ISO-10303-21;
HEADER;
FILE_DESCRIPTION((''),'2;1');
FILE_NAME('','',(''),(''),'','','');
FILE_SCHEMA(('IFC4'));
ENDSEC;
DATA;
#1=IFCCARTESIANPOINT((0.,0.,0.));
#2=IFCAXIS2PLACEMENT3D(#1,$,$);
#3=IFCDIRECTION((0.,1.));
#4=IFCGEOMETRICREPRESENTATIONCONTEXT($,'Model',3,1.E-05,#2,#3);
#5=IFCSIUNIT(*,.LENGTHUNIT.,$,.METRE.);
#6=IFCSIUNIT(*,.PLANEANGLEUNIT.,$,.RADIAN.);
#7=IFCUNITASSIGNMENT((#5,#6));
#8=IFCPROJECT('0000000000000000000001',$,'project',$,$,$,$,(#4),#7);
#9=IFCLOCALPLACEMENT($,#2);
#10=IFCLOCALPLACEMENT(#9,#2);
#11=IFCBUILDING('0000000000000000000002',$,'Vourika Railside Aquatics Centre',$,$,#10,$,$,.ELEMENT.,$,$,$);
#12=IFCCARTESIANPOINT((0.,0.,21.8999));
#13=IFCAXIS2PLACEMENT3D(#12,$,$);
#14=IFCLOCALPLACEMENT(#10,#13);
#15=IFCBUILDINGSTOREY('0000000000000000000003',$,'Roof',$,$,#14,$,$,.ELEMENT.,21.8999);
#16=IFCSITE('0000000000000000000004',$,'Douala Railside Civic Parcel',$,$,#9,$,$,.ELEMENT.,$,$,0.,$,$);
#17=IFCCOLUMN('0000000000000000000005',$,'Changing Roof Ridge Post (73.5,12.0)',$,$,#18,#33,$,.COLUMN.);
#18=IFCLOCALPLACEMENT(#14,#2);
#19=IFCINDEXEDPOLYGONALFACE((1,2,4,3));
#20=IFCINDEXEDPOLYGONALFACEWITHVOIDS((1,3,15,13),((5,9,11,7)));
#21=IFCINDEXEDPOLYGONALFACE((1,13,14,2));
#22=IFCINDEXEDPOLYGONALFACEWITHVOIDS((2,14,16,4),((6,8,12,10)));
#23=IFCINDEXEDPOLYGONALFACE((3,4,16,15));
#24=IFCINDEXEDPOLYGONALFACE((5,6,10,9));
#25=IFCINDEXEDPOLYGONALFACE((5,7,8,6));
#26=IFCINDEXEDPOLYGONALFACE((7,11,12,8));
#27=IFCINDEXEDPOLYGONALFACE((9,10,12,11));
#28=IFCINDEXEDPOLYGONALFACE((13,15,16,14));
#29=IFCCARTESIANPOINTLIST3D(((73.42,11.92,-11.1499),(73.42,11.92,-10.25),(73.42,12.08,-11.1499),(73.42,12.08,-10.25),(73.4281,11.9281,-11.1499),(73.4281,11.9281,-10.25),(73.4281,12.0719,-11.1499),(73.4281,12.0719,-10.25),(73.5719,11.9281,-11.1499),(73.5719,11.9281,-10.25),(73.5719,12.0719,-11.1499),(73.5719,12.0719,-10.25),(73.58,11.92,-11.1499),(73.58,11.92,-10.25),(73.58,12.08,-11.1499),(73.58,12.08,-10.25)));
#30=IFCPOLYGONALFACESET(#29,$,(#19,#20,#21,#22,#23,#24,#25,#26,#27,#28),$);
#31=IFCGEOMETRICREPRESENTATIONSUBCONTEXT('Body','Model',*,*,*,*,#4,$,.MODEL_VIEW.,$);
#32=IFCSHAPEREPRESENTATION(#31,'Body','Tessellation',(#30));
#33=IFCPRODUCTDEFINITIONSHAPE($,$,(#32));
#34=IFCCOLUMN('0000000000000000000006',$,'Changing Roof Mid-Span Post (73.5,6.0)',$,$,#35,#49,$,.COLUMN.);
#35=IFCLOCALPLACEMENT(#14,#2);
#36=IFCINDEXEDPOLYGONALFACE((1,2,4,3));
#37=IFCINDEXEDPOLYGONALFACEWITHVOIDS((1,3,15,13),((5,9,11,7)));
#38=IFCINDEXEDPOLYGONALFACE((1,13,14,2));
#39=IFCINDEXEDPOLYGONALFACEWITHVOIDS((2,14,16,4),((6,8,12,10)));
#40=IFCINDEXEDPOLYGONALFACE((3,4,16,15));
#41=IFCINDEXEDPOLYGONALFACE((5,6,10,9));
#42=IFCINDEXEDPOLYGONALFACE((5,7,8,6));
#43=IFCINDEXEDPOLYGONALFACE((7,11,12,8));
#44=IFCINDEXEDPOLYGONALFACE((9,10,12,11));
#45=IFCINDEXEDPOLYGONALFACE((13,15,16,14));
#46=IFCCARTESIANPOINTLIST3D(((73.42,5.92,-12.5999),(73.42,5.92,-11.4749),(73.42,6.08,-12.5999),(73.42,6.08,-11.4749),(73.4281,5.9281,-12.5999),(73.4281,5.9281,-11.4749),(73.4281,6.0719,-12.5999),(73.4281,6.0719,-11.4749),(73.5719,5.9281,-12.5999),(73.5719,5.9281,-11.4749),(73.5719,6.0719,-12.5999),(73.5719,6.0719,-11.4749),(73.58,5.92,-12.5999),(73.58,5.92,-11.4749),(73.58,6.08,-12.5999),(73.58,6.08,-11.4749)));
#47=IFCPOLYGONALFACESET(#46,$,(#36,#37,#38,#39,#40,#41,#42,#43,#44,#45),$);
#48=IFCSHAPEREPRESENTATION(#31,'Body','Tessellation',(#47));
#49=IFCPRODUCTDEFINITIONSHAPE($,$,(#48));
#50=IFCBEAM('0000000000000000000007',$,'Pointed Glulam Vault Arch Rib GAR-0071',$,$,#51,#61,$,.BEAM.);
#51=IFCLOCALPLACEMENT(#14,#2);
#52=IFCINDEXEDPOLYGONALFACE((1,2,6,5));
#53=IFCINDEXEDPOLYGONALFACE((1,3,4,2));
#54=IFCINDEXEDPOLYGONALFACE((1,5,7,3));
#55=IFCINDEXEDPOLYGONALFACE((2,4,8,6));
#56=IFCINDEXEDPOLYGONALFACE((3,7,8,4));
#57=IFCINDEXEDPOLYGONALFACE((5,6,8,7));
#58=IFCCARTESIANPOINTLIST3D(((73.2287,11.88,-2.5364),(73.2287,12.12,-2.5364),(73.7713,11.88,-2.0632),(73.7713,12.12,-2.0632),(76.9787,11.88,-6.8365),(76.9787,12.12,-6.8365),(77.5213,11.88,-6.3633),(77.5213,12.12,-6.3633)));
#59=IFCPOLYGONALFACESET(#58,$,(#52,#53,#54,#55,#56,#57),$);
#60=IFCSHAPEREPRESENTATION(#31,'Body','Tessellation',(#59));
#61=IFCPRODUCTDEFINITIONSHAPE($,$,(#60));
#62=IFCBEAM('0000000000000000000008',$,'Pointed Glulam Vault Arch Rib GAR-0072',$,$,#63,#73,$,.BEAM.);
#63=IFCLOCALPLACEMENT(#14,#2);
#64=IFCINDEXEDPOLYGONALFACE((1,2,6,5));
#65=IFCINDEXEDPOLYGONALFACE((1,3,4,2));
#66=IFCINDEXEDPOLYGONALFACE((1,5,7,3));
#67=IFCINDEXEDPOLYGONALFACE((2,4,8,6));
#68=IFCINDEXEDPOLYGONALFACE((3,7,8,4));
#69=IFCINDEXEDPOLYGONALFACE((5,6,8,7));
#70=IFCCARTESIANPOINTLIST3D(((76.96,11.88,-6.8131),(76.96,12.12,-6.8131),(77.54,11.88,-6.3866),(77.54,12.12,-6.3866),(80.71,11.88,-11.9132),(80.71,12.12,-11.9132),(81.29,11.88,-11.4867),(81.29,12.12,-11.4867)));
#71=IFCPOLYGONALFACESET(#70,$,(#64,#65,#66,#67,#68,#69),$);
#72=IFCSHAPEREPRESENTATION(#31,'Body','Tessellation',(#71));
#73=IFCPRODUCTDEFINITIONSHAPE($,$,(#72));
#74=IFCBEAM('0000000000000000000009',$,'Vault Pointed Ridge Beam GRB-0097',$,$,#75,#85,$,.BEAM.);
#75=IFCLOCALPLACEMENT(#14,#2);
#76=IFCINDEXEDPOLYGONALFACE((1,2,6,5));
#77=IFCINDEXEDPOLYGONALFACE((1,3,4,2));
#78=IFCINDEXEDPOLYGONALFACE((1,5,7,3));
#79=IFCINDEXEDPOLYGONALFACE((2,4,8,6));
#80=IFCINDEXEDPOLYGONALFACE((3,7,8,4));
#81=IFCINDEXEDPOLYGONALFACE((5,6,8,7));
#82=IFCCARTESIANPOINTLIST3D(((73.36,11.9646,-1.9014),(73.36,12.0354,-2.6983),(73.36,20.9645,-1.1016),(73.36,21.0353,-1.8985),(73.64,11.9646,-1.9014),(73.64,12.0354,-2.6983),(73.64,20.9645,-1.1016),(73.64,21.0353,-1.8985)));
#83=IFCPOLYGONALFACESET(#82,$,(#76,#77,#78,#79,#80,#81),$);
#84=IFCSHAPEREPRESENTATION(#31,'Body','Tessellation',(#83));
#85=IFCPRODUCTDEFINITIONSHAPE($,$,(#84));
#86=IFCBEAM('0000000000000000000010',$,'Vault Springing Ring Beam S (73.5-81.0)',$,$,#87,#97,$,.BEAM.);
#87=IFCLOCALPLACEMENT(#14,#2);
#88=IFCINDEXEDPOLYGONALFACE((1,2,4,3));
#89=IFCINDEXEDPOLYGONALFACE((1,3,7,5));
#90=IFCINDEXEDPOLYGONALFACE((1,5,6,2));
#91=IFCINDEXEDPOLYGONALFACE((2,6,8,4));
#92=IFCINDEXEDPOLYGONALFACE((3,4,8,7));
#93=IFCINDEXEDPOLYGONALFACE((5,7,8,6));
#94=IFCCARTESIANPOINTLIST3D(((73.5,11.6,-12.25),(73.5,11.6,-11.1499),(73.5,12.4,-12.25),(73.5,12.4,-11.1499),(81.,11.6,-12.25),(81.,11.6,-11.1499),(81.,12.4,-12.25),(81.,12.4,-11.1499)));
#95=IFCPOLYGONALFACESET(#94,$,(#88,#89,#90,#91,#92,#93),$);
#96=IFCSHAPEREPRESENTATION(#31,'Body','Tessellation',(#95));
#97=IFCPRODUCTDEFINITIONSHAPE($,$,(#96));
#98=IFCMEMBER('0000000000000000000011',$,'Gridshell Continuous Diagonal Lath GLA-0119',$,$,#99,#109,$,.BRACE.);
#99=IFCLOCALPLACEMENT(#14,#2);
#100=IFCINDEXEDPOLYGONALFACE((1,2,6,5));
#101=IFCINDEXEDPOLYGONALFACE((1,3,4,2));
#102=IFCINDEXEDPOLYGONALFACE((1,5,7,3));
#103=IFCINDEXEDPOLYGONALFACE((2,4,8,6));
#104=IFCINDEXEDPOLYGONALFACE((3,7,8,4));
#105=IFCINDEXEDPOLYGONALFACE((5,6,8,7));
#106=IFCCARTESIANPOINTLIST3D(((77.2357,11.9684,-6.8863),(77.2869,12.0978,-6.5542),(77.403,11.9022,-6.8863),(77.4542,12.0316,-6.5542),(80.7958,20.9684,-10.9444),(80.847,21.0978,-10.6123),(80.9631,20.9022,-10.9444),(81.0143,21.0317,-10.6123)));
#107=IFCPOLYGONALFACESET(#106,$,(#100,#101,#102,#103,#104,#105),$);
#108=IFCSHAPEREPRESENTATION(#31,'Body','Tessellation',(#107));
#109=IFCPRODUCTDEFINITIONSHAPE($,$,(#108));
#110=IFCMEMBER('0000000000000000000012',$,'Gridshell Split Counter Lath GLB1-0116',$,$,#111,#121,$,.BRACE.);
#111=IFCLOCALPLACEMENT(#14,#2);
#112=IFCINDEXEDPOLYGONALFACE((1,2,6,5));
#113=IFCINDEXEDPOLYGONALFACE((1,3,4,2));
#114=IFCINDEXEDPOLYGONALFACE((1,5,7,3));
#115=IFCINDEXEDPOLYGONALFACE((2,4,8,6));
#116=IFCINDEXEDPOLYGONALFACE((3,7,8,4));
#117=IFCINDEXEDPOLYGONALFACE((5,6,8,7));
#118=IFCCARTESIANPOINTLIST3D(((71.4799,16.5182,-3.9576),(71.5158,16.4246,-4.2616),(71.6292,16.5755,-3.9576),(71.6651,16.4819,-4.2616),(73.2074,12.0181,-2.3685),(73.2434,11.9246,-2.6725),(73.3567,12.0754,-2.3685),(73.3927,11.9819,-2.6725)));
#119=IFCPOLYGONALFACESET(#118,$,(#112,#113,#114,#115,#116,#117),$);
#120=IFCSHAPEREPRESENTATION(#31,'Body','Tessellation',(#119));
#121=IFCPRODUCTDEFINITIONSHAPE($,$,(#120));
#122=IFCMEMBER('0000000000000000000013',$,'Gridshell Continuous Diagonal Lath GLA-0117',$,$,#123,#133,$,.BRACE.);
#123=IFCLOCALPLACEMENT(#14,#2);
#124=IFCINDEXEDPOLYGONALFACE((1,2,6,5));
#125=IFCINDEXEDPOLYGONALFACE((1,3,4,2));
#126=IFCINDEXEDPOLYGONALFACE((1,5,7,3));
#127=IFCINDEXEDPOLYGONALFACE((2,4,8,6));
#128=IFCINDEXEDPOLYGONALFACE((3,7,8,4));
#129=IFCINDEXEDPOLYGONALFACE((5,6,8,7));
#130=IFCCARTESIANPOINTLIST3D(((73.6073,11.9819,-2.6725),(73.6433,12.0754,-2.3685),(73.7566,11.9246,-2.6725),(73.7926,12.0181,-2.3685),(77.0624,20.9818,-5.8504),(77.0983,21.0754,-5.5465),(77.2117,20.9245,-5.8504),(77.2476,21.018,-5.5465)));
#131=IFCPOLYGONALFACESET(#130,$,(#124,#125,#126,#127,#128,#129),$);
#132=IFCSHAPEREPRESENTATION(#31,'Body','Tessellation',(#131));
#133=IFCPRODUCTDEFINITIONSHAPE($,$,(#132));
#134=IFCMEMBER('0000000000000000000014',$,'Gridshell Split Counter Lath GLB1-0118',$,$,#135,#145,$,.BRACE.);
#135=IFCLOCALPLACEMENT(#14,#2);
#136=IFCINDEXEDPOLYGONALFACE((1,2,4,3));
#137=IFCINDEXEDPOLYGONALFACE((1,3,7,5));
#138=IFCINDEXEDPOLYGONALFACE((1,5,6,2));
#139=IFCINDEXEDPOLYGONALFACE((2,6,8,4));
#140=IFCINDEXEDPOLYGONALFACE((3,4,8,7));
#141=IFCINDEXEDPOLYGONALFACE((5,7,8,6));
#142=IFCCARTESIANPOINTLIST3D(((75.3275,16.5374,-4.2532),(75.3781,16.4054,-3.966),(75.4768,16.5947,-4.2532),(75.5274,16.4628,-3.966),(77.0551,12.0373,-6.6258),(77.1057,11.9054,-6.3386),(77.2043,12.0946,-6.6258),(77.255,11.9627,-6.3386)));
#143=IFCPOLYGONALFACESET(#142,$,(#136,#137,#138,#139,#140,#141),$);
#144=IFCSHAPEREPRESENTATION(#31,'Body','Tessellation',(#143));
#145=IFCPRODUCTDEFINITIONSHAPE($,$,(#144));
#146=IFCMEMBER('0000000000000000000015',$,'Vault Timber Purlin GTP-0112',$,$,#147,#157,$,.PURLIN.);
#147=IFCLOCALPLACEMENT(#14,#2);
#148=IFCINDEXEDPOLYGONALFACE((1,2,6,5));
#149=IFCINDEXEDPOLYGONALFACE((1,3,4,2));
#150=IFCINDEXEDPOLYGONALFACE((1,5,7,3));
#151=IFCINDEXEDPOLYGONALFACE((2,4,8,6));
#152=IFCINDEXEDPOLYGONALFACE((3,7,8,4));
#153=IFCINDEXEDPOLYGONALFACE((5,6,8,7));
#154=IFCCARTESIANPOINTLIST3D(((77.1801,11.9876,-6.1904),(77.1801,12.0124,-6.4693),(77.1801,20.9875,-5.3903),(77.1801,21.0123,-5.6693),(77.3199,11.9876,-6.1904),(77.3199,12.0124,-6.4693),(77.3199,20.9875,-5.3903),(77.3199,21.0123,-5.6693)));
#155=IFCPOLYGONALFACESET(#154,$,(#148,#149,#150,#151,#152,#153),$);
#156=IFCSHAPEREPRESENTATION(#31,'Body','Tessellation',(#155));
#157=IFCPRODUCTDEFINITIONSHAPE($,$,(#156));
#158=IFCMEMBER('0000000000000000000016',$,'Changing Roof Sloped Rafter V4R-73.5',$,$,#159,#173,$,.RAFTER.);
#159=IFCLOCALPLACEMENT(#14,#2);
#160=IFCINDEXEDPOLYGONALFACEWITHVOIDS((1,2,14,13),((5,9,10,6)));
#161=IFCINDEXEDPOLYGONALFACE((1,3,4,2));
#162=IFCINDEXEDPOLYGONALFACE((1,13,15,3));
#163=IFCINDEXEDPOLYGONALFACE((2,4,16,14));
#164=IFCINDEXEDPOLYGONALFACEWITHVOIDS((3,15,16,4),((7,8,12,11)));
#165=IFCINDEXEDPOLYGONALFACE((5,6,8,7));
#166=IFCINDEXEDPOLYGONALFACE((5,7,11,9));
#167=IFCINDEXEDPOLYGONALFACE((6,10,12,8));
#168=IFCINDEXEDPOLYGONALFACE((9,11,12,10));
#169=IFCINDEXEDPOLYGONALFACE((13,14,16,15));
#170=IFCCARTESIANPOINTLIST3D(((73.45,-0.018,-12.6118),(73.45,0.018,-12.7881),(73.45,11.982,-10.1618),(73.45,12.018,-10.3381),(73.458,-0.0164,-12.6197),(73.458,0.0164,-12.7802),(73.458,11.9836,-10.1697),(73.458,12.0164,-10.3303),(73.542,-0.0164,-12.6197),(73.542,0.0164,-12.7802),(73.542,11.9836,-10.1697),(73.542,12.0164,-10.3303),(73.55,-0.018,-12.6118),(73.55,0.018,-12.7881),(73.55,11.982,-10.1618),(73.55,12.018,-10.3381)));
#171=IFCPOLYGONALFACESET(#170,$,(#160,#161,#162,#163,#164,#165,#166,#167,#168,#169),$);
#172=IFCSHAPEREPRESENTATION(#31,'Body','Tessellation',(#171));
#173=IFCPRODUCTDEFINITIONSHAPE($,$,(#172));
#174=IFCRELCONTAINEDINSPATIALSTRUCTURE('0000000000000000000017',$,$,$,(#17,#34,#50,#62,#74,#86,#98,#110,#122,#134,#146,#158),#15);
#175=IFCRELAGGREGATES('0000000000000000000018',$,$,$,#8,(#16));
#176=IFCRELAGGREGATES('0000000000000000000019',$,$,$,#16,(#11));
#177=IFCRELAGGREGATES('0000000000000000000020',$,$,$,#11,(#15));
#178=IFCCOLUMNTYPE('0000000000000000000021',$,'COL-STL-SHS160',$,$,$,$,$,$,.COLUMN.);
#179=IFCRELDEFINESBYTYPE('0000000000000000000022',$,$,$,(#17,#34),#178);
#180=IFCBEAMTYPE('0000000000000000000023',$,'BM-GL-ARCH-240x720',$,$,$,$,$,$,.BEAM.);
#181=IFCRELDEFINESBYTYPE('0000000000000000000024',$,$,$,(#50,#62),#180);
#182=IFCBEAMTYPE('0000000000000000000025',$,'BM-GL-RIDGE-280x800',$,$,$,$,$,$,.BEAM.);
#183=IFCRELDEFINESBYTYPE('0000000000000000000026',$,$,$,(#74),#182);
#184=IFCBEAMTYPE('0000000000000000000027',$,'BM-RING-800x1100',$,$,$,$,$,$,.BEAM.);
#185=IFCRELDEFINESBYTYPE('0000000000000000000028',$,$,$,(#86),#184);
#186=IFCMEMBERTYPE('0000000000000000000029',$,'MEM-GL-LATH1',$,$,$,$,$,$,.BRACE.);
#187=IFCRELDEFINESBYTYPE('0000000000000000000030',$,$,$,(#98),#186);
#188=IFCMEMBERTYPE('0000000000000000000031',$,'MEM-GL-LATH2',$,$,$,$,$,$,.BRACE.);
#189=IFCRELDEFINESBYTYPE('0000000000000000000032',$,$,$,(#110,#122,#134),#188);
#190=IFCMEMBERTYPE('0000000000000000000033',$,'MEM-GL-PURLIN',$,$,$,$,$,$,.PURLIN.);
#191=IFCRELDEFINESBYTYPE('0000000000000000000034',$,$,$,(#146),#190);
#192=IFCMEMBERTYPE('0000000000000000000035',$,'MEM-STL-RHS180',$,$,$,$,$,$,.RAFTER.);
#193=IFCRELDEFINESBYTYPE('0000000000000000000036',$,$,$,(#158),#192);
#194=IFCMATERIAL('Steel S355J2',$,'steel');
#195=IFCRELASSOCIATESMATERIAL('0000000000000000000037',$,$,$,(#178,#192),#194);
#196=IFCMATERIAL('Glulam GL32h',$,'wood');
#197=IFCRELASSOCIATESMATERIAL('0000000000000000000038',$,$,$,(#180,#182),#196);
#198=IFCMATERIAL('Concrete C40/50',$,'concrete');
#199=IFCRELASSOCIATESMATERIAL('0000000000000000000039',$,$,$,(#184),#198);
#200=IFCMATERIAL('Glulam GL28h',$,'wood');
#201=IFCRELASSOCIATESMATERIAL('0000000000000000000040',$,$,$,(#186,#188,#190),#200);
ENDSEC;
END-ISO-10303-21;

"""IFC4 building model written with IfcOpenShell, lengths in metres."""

from ifc_helpers import new_model, si_unit, direction, frame, origin, origin_2d, place, context, subcontext, project, spatial, rectangle, hollow_rectangle, extrude, material, material_profile, profile_set, type_object, element, save


model = new_model("IFC4")

# Units and contexts
model_context = context("Model", 3, precision=1e-05, world=origin(), true_north=direction((0.0, 1.0)))
body_context = subcontext(model_context, "Body", "Model", "MODEL_VIEW")
ifc_project = project(units=[si_unit("LENGTHUNIT", "METRE"), si_unit("PLANEANGLEUNIT", "RADIAN")], contexts=[model_context])

# Site, building, storey
site_placement = place(None, origin())
site = spatial("IfcSite", under=ifc_project, at=site_placement, Name="Douala Railside Civic Parcel", CompositionType="ELEMENT", RefElevation=0.0)
building_placement = place(site_placement, origin())
building = spatial("IfcBuilding", under=site, at=building_placement, Name="Vourika Railside Aquatics Centre", CompositionType="ELEMENT")
storey_placement = place(building_placement, frame((0.0, 0.0, 21.8999)))
storey = spatial("IfcBuildingStorey", under=building, at=storey_placement, Name="Roof", CompositionType="ELEMENT", Elevation=21.8999)

# Columns
ifc_material_1 = material(Name="Steel S355J2", Category="steel")
ifc_material_profile_1 = material_profile(ifc_material_1, hollow_rectangle(XDim=0.1599, YDim=0.1599, WallThickness=0.0081, at=origin_2d()), Name="SHS 160x160x8")
ifc_profile_set_1 = profile_set([ifc_material_profile_1], Name="Steel S355J2")
column_type = type_object("IfcColumnType", Name="COL-STL-SHS160", PredefinedType="COLUMN", material=ifc_profile_set_1)
column_1_placement = place(storey_placement, frame((73.5, 12.0, -11.1499), z_axis=(0.0, 0.0, 1.0), x_axis=(1.0, 0.0, 0.0)))
element("IfcColumn", 1, at=column_1_placement, inside=storey, type_object=column_type, Name="Changing Roof Ridge Post (73.5,12.0)", PredefinedType="COLUMN", context=body_context, shape_type="SweptSolid", body=[
    extrude(hollow_rectangle(XDim=0.1599, YDim=0.1599, WallThickness=0.0081, at=origin_2d()), origin(), (0.0, 0.0, 1.0), 0.8999),
])
column_2_placement = place(storey_placement, frame((73.5, 6.0, -12.5999), z_axis=(0.0, 0.0, 1.0), x_axis=(1.0, 0.0, 0.0)))
element("IfcColumn", 2, at=column_2_placement, inside=storey, type_object=column_type, Name="Changing Roof Mid-Span Post (73.5,6.0)", PredefinedType="COLUMN", context=body_context, shape_type="SweptSolid", body=[
    extrude(hollow_rectangle(XDim=0.1599, YDim=0.1599, WallThickness=0.0081, at=origin_2d()), origin(), (0.0, 0.0, 1.0), 1.125),
])

# Beams
ifc_material_2 = material(Name="Glulam GL32h", Category="wood")
ifc_material_profile_2 = material_profile(ifc_material_2, rectangle(XDim=0.24, YDim=0.72, at=origin_2d()), Name="GL32h 240x720")
ifc_profile_set_2 = profile_set([ifc_material_profile_2], Name="Glulam GL32h")
beam_type_1 = type_object("IfcBeamType", Name="BM-GL-ARCH-240x720", PredefinedType="BEAM", material=ifc_profile_set_2)
beam_1_placement = place(storey_placement, frame((73.5, 12.0, -2.2998), z_axis=(0.657259, 0.0, -0.753665), x_axis=(0.0, 1.0, 0.0)))
element("IfcBeam", 3, at=beam_1_placement, inside=storey, type_object=beam_type_1, Name="Pointed Glulam Vault Arch Rib GAR-0071", PredefinedType="BEAM", context=body_context, shape_type="SweptSolid", body=[
    extrude(rectangle(XDim=0.24, YDim=0.72, at=origin_2d()), origin(), (0.0, 0.0, 1.0), 5.7056),
])
beam_2_placement = place(storey_placement, frame((77.25, 12.0, -6.5999), z_axis=(0.592383, 0.0, -0.805656), x_axis=(0.0, 1.0, 0.0)))
element("IfcBeam", 4, at=beam_2_placement, inside=storey, type_object=beam_type_1, Name="Pointed Glulam Vault Arch Rib GAR-0072", PredefinedType="BEAM", context=body_context, shape_type="SweptSolid", body=[
    extrude(rectangle(XDim=0.24, YDim=0.72, at=origin_2d()), origin(), (0.0, 0.0, 1.0), 6.3303),
])
ifc_material_profile_3 = material_profile(ifc_material_2, rectangle(XDim=0.28, YDim=0.8, at=origin_2d()), Name="GL32h 280x800")
ifc_profile_set_3 = profile_set([ifc_material_profile_3], Name="Glulam GL32h")
beam_type_2 = type_object("IfcBeamType", Name="BM-GL-RIDGE-280x800", PredefinedType="BEAM", material=ifc_profile_set_3)
beam_3_placement = place(storey_placement, frame((73.5, 12.0, -2.2998), z_axis=(0.0, 0.996075, 0.088518), x_axis=(-1.0, 0.0, 0.0)))
element("IfcBeam", 5, at=beam_3_placement, inside=storey, type_object=beam_type_2, Name="Vault Pointed Ridge Beam GRB-0097", PredefinedType="BEAM", context=body_context, shape_type="SweptSolid", body=[
    extrude(rectangle(XDim=0.28, YDim=0.8, at=origin_2d()), origin(), (0.0, 0.0, 1.0), 9.0354),
])
ifc_material_3 = material(Name="Concrete C40/50", Category="concrete")
ifc_material_profile_4 = material_profile(ifc_material_3, rectangle(XDim=0.8, YDim=1.1001, at=origin_2d()), Name="RC 800x1100")
ifc_profile_set_4 = profile_set([ifc_material_profile_4], Name="Concrete C40/50")
beam_type_3 = type_object("IfcBeamType", Name="BM-RING-800x1100", PredefinedType="BEAM", material=ifc_profile_set_4)
beam_4_placement = place(storey_placement, frame((73.5, 12.0, -11.7), z_axis=(1.0, 0.0, 0.0), x_axis=(0.0, 1.0, 0.0)))
element("IfcBeam", 6, at=beam_4_placement, inside=storey, type_object=beam_type_3, Name="Vault Springing Ring Beam S (73.5-81.0)", PredefinedType="BEAM", context=body_context, shape_type="SweptSolid", body=[
    extrude(rectangle(XDim=0.8, YDim=1.1001, at=origin_2d()), origin(), (0.0, 0.0, 1.0), 7.5),
])

# Members
ifc_material_4 = material(Name="Glulam GL28h", Category="wood")
ifc_material_profile_5 = material_profile(ifc_material_4, rectangle(XDim=0.1799, YDim=0.3601, at=origin_2d()), Name="GL28h 180x360")
ifc_profile_set_5 = profile_set([ifc_material_profile_5], Name="Glulam GL28h")
member_type_1 = type_object("IfcMemberType", Name="MEM-GL-LATH1", PredefinedType="BRACE", material=ifc_profile_set_5)
member_1_placement = place(storey_placement, frame((77.345, 12.0, -6.7202), z_axis=(0.339219, 0.857562, -0.386675), x_axis=(-0.929893, 0.36783, 0.0)))
element("IfcMember", 7, at=member_1_placement, inside=storey, type_object=member_type_1, Name="Gridshell Continuous Diagonal Lath GLA-0119", PredefinedType="BRACE", context=body_context, shape_type="SweptSolid", body=[
    extrude(rectangle(XDim=0.1799, YDim=0.3601, at=origin_2d()), origin(), (0.0, 0.0, 1.0), 10.4949),
])
ifc_material_profile_6 = material_profile(ifc_material_4, rectangle(XDim=0.1599, YDim=0.3201, at=origin_2d()), Name="GL28h 160x320")
ifc_profile_set_6 = profile_set([ifc_material_profile_6], Name="Glulam GL28h")
member_type_2 = type_object("IfcMemberType", Name="MEM-GL-LATH2", PredefinedType="BRACE", material=ifc_profile_set_6)
member_2_placement = place(storey_placement, frame((73.3, 12.0, -2.5205), z_axis=(-0.340375, 0.88663, -0.313101), x_axis=(-0.93357, -0.358395, 0.0)))
element("IfcMember", 8, at=member_2_placement, inside=storey, type_object=member_type_2, Name="Gridshell Split Counter Lath GLB1-0116", PredefinedType="BRACE", context=body_context, shape_type="SweptSolid", body=[
    extrude(rectangle(XDim=0.1599, YDim=0.3201, at=origin_2d()), origin(), (0.0, 0.0, 1.0), 5.0754),
])
member_3_placement = place(storey_placement, frame((73.7, 12.0, -2.5205), z_axis=(0.340378, 0.886637, -0.313079), x_axis=(-0.93357, 0.358395, 0.0)))
element("IfcMember", 9, at=member_3_placement, inside=storey, type_object=member_type_2, Name="Gridshell Continuous Diagonal Lath GLA-0117", PredefinedType="BRACE", context=body_context, shape_type="SweptSolid", body=[
    extrude(rectangle(XDim=0.1599, YDim=0.3201, at=origin_2d()), origin(), (0.0, 0.0, 1.0), 10.1506),
])
member_4_placement = place(storey_placement, frame((77.155, 12.0, -6.4822), z_axis=(-0.321554, 0.837604, 0.441614), x_axis=(-0.93357, -0.358395, 0.0)))
element("IfcMember", 10, at=member_4_placement, inside=storey, type_object=member_type_2, Name="Gridshell Split Counter Lath GLB1-0118", PredefinedType="BRACE", context=body_context, shape_type="SweptSolid", body=[
    extrude(rectangle(XDim=0.1599, YDim=0.3201, at=origin_2d()), origin(), (0.0, 0.0, 1.0), 5.3726),
])
ifc_material_profile_7 = material_profile(ifc_material_4, rectangle(XDim=0.1399, YDim=0.28, at=origin_2d()), Name="GL28h 140x280")
ifc_profile_set_7 = profile_set([ifc_material_profile_7], Name="Glulam GL28h")
member_type_3 = type_object("IfcMemberType", Name="MEM-GL-PURLIN", PredefinedType="PURLIN", material=ifc_profile_set_7)
member_5_placement = place(storey_placement, frame((77.25, 12.0, -6.3298), z_axis=(0.0, 0.996072, 0.088545), x_axis=(-1.0, 0.0, 0.0)))
element("IfcMember", 11, at=member_5_placement, inside=storey, type_object=member_type_3, Name="Vault Timber Purlin GTP-0112", PredefinedType="PURLIN", context=body_context, shape_type="SweptSolid", body=[
    extrude(rectangle(XDim=0.1399, YDim=0.28, at=origin_2d()), origin(), (0.0, 0.0, 1.0), 9.0354),
])
ifc_material_profile_8 = material_profile(ifc_material_1, hollow_rectangle(XDim=0.1001, YDim=0.1799, WallThickness=0.0081, at=origin_2d()), Name="RHS 180x100x8")
ifc_profile_set_8 = profile_set([ifc_material_profile_8], Name="Steel S355J2")
member_type_4 = type_object("IfcMemberType", Name="MEM-STL-RHS180", PredefinedType="RAFTER", material=ifc_profile_set_8)
member_6_placement = place(storey_placement, frame((73.5, 0.0, -12.7), z_axis=(0.0, 0.979789, 0.200036), x_axis=(-1.0, 0.0, 0.0)))
element("IfcMember", 12, at=member_6_placement, inside=storey, type_object=member_type_4, Name="Changing Roof Sloped Rafter V4R-73.5", PredefinedType="RAFTER", context=body_context, shape_type="SweptSolid", body=[
    extrude(hollow_rectangle(XDim=0.1001, YDim=0.1799, WallThickness=0.0081, at=origin_2d()), origin(), (0.0, 0.0, 1.0), 12.2476),
])

save(model, "model.ifc")
